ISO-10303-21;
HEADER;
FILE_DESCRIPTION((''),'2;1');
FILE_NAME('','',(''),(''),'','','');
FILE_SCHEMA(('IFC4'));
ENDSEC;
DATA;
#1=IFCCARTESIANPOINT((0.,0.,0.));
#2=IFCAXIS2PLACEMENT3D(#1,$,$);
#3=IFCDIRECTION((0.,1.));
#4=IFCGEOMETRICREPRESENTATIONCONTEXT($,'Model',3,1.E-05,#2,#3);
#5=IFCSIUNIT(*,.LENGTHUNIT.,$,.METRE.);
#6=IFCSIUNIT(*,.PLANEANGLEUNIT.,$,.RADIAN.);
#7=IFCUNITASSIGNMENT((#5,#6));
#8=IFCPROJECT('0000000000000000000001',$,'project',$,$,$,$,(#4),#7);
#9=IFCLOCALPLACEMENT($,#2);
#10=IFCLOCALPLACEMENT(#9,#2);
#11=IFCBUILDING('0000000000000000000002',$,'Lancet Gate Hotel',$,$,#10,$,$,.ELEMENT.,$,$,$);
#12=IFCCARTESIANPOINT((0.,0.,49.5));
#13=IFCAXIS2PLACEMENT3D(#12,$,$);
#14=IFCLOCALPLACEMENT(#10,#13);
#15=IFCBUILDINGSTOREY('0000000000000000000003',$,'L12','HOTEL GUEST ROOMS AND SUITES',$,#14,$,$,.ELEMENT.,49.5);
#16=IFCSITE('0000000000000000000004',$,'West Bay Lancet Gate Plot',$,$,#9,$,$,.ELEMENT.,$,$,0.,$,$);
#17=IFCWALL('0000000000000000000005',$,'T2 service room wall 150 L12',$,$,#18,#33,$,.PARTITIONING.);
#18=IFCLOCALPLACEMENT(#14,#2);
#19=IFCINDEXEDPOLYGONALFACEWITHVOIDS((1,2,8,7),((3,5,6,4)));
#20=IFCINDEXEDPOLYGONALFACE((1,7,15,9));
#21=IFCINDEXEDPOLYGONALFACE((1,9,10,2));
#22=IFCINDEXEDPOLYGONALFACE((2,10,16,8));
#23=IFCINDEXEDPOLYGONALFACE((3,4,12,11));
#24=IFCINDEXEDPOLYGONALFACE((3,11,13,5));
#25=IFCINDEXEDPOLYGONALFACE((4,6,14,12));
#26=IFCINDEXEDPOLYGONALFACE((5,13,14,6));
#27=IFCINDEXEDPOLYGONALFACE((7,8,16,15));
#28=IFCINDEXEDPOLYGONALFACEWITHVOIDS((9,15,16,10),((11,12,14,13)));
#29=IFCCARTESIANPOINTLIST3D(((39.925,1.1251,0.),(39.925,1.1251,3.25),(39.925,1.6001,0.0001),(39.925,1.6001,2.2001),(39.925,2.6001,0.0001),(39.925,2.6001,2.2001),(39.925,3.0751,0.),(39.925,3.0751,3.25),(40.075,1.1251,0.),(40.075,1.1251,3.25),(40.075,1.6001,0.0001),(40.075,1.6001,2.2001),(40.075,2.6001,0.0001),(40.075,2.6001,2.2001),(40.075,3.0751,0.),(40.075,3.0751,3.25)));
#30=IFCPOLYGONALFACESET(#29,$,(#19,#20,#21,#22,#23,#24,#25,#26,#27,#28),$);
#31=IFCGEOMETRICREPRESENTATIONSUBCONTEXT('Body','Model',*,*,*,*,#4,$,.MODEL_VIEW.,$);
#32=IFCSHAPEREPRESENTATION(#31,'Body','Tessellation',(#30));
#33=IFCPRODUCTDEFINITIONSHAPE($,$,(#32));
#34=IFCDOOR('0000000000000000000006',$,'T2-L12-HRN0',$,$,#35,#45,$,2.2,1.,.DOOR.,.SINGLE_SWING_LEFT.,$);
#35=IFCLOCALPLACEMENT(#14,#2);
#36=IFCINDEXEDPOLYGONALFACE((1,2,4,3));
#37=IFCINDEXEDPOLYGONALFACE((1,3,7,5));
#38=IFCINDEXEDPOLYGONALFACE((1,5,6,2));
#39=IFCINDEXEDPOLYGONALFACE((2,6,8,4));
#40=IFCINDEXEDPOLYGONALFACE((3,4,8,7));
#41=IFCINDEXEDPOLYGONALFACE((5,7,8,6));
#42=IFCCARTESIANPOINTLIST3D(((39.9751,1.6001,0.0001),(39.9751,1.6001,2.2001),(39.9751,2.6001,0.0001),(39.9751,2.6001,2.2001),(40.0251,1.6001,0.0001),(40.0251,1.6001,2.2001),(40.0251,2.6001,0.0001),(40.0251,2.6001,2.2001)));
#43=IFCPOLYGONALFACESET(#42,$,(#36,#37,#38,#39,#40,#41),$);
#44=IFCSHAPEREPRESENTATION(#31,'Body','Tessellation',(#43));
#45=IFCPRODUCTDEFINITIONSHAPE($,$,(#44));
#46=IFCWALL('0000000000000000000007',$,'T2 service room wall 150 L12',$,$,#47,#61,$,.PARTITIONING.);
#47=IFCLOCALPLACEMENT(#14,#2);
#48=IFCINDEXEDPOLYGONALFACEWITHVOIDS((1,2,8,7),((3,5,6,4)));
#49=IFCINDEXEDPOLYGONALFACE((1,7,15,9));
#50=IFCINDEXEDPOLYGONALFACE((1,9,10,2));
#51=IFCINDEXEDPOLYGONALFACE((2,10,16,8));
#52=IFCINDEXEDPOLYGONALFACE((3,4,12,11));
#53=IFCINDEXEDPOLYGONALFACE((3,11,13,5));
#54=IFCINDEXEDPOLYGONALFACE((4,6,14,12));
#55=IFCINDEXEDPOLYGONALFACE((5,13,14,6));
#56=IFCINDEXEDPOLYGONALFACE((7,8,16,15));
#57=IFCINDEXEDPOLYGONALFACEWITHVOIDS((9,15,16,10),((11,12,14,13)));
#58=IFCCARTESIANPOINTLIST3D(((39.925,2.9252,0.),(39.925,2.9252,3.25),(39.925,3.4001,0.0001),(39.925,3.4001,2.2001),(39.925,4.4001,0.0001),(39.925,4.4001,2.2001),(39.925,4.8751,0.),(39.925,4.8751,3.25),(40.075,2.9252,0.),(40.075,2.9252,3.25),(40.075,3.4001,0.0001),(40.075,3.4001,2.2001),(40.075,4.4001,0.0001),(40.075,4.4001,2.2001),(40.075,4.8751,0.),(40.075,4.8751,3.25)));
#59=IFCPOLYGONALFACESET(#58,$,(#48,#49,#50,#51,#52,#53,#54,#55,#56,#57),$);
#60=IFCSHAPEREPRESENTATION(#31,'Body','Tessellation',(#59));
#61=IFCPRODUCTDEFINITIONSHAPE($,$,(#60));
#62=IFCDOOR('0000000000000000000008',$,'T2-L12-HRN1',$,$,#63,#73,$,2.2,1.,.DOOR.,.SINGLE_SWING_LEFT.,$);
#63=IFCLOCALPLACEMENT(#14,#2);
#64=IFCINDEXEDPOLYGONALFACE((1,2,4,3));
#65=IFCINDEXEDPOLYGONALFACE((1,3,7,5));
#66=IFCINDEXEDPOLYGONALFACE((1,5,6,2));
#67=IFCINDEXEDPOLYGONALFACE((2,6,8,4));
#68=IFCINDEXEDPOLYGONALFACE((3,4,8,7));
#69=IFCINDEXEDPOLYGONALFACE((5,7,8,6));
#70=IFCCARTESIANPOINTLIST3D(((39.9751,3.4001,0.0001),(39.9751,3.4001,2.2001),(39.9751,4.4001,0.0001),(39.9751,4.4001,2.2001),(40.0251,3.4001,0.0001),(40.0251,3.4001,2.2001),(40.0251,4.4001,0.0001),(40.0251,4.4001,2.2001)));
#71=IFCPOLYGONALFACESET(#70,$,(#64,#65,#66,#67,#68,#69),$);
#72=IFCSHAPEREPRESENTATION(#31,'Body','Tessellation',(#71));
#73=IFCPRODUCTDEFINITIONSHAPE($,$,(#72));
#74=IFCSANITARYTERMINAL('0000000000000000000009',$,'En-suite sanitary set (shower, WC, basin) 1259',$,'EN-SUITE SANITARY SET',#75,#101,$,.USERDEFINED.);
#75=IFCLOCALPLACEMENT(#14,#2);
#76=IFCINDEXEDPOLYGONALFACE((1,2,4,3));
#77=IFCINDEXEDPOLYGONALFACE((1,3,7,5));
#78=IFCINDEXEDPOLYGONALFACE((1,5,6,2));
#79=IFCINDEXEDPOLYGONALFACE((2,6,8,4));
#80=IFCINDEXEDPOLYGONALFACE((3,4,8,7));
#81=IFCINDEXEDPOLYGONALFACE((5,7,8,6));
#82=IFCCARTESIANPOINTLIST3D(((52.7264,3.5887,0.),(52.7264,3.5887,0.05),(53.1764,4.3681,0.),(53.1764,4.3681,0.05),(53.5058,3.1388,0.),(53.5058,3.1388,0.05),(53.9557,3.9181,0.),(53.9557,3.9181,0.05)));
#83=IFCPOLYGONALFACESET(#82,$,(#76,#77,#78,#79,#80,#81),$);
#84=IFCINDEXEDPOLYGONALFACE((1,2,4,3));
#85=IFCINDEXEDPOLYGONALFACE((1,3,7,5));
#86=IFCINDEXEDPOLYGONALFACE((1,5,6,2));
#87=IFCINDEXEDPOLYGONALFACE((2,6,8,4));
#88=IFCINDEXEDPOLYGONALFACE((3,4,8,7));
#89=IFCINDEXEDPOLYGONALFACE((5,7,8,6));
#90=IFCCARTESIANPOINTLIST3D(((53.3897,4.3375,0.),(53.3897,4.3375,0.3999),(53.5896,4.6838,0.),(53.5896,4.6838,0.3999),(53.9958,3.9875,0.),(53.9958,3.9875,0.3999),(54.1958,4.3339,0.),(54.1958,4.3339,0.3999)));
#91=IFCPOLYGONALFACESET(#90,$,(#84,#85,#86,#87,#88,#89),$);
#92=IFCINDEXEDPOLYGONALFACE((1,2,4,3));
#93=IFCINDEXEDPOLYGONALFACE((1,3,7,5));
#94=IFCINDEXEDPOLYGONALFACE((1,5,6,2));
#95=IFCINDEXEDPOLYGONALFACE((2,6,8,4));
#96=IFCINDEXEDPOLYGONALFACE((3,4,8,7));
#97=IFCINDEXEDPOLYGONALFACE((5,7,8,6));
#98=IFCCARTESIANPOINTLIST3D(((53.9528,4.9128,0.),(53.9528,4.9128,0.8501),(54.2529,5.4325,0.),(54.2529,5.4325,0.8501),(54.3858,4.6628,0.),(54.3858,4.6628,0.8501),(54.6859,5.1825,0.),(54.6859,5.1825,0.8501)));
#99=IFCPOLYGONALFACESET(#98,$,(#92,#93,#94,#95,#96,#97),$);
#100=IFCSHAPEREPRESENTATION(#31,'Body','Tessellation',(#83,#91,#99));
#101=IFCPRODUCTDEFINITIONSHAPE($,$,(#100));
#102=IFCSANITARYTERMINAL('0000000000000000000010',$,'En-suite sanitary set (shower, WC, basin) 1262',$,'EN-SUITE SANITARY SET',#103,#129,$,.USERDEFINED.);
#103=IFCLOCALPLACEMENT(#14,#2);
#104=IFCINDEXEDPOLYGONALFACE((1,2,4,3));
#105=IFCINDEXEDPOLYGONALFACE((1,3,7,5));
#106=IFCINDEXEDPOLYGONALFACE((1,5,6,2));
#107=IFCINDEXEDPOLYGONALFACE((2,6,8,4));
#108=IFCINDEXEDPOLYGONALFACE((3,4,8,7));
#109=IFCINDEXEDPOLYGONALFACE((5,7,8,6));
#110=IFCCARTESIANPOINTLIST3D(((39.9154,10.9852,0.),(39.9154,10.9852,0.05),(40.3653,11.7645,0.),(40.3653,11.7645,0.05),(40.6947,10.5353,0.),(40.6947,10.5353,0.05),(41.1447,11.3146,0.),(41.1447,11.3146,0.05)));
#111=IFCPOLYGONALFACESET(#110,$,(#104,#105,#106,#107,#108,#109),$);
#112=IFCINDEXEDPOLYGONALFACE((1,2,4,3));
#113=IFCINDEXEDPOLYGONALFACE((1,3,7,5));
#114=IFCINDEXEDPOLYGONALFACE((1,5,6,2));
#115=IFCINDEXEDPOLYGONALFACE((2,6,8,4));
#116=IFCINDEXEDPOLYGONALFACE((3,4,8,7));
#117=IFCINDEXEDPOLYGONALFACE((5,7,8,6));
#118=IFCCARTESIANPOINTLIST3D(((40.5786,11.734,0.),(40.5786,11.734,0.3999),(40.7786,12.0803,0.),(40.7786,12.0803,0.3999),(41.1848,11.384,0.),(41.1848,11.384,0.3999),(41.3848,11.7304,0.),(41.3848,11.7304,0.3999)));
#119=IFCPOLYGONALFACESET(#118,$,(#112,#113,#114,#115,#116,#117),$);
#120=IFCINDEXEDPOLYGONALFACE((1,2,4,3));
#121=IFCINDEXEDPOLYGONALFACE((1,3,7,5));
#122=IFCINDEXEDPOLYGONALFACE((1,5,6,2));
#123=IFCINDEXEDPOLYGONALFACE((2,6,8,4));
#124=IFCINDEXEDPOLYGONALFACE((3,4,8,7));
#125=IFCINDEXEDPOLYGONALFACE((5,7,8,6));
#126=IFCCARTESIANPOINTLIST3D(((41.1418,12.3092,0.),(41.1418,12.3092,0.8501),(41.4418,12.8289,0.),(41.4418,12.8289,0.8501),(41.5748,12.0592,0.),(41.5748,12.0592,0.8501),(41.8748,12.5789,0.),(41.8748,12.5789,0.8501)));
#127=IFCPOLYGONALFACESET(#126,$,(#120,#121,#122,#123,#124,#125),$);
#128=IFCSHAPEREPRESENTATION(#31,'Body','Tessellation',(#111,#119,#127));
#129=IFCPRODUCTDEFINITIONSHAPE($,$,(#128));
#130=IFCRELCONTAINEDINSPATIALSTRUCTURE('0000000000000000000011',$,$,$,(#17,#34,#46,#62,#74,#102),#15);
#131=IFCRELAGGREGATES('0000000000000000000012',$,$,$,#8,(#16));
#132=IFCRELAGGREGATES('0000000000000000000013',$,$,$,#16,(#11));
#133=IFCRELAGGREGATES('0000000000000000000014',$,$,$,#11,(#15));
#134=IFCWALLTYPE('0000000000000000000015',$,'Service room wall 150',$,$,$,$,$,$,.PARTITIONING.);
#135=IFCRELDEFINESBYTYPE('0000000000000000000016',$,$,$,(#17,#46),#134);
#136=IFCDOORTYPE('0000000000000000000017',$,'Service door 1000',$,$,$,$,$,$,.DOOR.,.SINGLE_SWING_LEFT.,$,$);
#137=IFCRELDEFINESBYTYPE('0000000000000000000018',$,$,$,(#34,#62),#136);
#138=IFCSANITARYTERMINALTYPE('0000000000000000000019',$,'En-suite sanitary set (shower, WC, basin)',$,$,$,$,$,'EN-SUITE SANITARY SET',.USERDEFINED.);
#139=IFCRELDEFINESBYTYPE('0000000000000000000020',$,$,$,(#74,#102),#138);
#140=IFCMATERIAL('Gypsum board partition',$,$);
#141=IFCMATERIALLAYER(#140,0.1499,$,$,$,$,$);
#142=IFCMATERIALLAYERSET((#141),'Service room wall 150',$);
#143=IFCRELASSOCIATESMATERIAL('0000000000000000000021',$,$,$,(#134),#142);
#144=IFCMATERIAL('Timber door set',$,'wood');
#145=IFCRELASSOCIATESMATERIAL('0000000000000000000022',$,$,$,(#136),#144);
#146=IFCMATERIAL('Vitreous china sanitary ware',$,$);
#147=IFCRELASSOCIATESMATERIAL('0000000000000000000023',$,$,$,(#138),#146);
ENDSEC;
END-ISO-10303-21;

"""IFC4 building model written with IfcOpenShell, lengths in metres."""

from ifc_helpers import new_model, si_unit, direction, frame, frame_2d, origin, origin_2d, place, context, subcontext, project, spatial, rectangle, extrude, material, layer, layer_set, type_object, element, fill, save


model = new_model("IFC4")

# Units and contexts
model_context = context("Model", 3, precision=1e-05, world=origin(), true_north=direction((0.0, 1.0)))
body_context = subcontext(model_context, "Body", "Model", "MODEL_VIEW")
ifc_project = project(units=[si_unit("LENGTHUNIT", "METRE"), si_unit("PLANEANGLEUNIT", "RADIAN")], contexts=[model_context])

# Site, building, storey
site_placement = place(None, origin())
site = spatial("IfcSite", under=ifc_project, at=site_placement, Name="West Bay Lancet Gate Plot", CompositionType="ELEMENT", RefElevation=0.0)
building_placement = place(site_placement, origin())
building = spatial("IfcBuilding", under=site, at=building_placement, Name="Lancet Gate Hotel", CompositionType="ELEMENT")
storey_placement = place(building_placement, frame((0.0, 0.0, 49.5)))
storey = spatial("IfcBuildingStorey", under=building, at=storey_placement, Name="L12", Description="HOTEL GUEST ROOMS AND SUITES", CompositionType="ELEMENT", Elevation=49.5)

# Walls, openings, doors
ifc_material_1 = material(Name="Gypsum board partition")
ifc_layer_1 = layer(ifc_material_1, 0.1499)
ifc_layer_set_1 = layer_set([ifc_layer_1], Name="Service room wall 150")
wall_type_1 = type_object("IfcWallType", Name="Service room wall 150", PredefinedType="PARTITIONING", material=ifc_layer_set_1)
wall_1_placement = place(storey_placement, frame((40.0, 1.125, 0.0), z_axis=(0.0, 0.0, 1.0), x_axis=(0.0, 1.0, 0.0)))
wall_1 = element("IfcWall", 1, at=wall_1_placement, inside=storey, type_object=wall_type_1, Name="T2 service room wall 150 L12", PredefinedType="PARTITIONING", context=body_context, shape_type="SweptSolid", body=[
    extrude(rectangle(XDim=1.95, YDim=0.1499, at=frame_2d((0.9751, 0.0))), origin(), (0.0, 0.0, 1.0), 3.25),
])
opening_1_placement = place(wall_1_placement, frame((0.4751, 0.0, 0.0)))
opening_1 = element("IfcOpeningElement", 2, at=opening_1_placement, cuts=wall_1, PredefinedType="OPENING", context=body_context, shape_type="SweptSolid", body=[
    extrude(rectangle(XDim=1.0, YDim=2.2, at=frame_2d((0.5, 1.1001))), frame((0.0, 0.085, 0.0), z_axis=(0.0, -1.0, 0.0), x_axis=(1.0, 0.0, 0.0)), (0.0, 0.0, 1.0), 0.1699),
])
ifc_material_2 = material(Name="Timber door set", Category="wood")
door_type_1 = type_object("IfcDoorType", Name="Service door 1000", OperationType="SINGLE_SWING_LEFT", PredefinedType="DOOR", material=ifc_material_2)
door_1_placement = place(opening_1_placement, origin())
door_1 = element("IfcDoor", 3, at=door_1_placement, inside=storey, type_object=door_type_1, Name="T2-L12-HRN0", OperationType="SINGLE_SWING_LEFT", OverallHeight=2.2, OverallWidth=1.0, PredefinedType="DOOR", context=body_context, shape_type="SweptSolid", body=[
    extrude(rectangle(XDim=1.0, YDim=2.2, at=frame_2d((0.5, 1.1001))), frame((0.0, 0.0249, 0.0), z_axis=(0.0, -1.0, 0.0), x_axis=(1.0, 0.0, 0.0)), (0.0, 0.0, 1.0), 0.05),
])
fill(opening_1, door_1)
wall_2_placement = place(storey_placement, frame((40.0, 2.925, 0.0), z_axis=(0.0, 0.0, 1.0), x_axis=(0.0, 1.0, 0.0)))
wall_2 = element("IfcWall", 4, at=wall_2_placement, inside=storey, type_object=wall_type_1, Name="T2 service room wall 150 L12", PredefinedType="PARTITIONING", context=body_context, shape_type="SweptSolid", body=[
    extrude(rectangle(XDim=1.95, YDim=0.1499, at=frame_2d((0.9751, 0.0))), origin(), (0.0, 0.0, 1.0), 3.25),
])
opening_2_placement = place(wall_2_placement, frame((0.4751, 0.0, 0.0)))
opening_2 = element("IfcOpeningElement", 5, at=opening_2_placement, cuts=wall_2, PredefinedType="OPENING", context=body_context, shape_type="SweptSolid", body=[
    extrude(rectangle(XDim=1.0, YDim=2.2, at=frame_2d((0.5, 1.1001))), frame((0.0, 0.085, 0.0), z_axis=(0.0, -1.0, 0.0), x_axis=(1.0, 0.0, 0.0)), (0.0, 0.0, 1.0), 0.1699),
])
door_2_placement = place(opening_2_placement, origin())
door_2 = element("IfcDoor", 6, at=door_2_placement, inside=storey, type_object=door_type_1, Name="T2-L12-HRN1", OperationType="SINGLE_SWING_LEFT", OverallHeight=2.2, OverallWidth=1.0, PredefinedType="DOOR", context=body_context, shape_type="SweptSolid", body=[
    extrude(rectangle(XDim=1.0, YDim=2.2, at=frame_2d((0.5, 1.1001))), frame((0.0, 0.0249, 0.0), z_axis=(0.0, -1.0, 0.0), x_axis=(1.0, 0.0, 0.0)), (0.0, 0.0, 1.0), 0.05),
])
fill(opening_2, door_2)

# Sanitary terminals
ifc_material_3 = material(Name="Vitreous china sanitary ware")
sanitary_terminal_type = type_object("IfcSanitaryTerminalType", Name="En-suite sanitary set (shower, WC, basin)", ElementType="EN-SUITE SANITARY SET", PredefinedType="USERDEFINED", material=ifc_material_3)
for number, where, z_axis, x_axis, name in (
    (7, (53.3411, 3.7534, 0.0), (0.0, 0.0, 1.0), (1.0, 0.0, 0.0), "En-suite sanitary set (shower, WC, basin) 1259"),
    (8, (40.53, 11.1499, 0.0), (0.0, 0.0, 1.0), (1.0, 0.0, 0.0), "En-suite sanitary set (shower, WC, basin) 1262"),
):
    element("IfcSanitaryTerminal", number, at=place(storey_placement, frame(where, z_axis=z_axis, x_axis=x_axis)), inside=storey, type_object=sanitary_terminal_type, Name=name, ObjectType="EN-SUITE SANITARY SET", PredefinedType="USERDEFINED", context=body_context, shape_type="SweptSolid", body=[
        extrude(rectangle(XDim=0.8999, YDim=0.8999, at=origin_2d()), frame((0.0, 0.0, 0.0), z_axis=(0.0, 0.0, 1.0), x_axis=(-0.5, -0.866025, 0.0)), (0.0, 0.0, 1.0), 0.05),
        extrude(rectangle(XDim=0.3999, YDim=0.7, at=origin_2d()), frame((0.4517, 0.5823, 0.0), z_axis=(0.0, 0.0, 1.0), x_axis=(-0.5, -0.866025, 0.0)), (0.0, 0.0, 1.0), 0.3999),
        extrude(rectangle(XDim=0.6001, YDim=0.5, at=origin_2d()), frame((0.9783, 1.2942, 0.0), z_axis=(0.0, 0.0, 1.0), x_axis=(-0.5, -0.866025, 0.0)), (0.0, 0.0, 1.0), 0.8501),
    ])

save(model, "model.ifc")
